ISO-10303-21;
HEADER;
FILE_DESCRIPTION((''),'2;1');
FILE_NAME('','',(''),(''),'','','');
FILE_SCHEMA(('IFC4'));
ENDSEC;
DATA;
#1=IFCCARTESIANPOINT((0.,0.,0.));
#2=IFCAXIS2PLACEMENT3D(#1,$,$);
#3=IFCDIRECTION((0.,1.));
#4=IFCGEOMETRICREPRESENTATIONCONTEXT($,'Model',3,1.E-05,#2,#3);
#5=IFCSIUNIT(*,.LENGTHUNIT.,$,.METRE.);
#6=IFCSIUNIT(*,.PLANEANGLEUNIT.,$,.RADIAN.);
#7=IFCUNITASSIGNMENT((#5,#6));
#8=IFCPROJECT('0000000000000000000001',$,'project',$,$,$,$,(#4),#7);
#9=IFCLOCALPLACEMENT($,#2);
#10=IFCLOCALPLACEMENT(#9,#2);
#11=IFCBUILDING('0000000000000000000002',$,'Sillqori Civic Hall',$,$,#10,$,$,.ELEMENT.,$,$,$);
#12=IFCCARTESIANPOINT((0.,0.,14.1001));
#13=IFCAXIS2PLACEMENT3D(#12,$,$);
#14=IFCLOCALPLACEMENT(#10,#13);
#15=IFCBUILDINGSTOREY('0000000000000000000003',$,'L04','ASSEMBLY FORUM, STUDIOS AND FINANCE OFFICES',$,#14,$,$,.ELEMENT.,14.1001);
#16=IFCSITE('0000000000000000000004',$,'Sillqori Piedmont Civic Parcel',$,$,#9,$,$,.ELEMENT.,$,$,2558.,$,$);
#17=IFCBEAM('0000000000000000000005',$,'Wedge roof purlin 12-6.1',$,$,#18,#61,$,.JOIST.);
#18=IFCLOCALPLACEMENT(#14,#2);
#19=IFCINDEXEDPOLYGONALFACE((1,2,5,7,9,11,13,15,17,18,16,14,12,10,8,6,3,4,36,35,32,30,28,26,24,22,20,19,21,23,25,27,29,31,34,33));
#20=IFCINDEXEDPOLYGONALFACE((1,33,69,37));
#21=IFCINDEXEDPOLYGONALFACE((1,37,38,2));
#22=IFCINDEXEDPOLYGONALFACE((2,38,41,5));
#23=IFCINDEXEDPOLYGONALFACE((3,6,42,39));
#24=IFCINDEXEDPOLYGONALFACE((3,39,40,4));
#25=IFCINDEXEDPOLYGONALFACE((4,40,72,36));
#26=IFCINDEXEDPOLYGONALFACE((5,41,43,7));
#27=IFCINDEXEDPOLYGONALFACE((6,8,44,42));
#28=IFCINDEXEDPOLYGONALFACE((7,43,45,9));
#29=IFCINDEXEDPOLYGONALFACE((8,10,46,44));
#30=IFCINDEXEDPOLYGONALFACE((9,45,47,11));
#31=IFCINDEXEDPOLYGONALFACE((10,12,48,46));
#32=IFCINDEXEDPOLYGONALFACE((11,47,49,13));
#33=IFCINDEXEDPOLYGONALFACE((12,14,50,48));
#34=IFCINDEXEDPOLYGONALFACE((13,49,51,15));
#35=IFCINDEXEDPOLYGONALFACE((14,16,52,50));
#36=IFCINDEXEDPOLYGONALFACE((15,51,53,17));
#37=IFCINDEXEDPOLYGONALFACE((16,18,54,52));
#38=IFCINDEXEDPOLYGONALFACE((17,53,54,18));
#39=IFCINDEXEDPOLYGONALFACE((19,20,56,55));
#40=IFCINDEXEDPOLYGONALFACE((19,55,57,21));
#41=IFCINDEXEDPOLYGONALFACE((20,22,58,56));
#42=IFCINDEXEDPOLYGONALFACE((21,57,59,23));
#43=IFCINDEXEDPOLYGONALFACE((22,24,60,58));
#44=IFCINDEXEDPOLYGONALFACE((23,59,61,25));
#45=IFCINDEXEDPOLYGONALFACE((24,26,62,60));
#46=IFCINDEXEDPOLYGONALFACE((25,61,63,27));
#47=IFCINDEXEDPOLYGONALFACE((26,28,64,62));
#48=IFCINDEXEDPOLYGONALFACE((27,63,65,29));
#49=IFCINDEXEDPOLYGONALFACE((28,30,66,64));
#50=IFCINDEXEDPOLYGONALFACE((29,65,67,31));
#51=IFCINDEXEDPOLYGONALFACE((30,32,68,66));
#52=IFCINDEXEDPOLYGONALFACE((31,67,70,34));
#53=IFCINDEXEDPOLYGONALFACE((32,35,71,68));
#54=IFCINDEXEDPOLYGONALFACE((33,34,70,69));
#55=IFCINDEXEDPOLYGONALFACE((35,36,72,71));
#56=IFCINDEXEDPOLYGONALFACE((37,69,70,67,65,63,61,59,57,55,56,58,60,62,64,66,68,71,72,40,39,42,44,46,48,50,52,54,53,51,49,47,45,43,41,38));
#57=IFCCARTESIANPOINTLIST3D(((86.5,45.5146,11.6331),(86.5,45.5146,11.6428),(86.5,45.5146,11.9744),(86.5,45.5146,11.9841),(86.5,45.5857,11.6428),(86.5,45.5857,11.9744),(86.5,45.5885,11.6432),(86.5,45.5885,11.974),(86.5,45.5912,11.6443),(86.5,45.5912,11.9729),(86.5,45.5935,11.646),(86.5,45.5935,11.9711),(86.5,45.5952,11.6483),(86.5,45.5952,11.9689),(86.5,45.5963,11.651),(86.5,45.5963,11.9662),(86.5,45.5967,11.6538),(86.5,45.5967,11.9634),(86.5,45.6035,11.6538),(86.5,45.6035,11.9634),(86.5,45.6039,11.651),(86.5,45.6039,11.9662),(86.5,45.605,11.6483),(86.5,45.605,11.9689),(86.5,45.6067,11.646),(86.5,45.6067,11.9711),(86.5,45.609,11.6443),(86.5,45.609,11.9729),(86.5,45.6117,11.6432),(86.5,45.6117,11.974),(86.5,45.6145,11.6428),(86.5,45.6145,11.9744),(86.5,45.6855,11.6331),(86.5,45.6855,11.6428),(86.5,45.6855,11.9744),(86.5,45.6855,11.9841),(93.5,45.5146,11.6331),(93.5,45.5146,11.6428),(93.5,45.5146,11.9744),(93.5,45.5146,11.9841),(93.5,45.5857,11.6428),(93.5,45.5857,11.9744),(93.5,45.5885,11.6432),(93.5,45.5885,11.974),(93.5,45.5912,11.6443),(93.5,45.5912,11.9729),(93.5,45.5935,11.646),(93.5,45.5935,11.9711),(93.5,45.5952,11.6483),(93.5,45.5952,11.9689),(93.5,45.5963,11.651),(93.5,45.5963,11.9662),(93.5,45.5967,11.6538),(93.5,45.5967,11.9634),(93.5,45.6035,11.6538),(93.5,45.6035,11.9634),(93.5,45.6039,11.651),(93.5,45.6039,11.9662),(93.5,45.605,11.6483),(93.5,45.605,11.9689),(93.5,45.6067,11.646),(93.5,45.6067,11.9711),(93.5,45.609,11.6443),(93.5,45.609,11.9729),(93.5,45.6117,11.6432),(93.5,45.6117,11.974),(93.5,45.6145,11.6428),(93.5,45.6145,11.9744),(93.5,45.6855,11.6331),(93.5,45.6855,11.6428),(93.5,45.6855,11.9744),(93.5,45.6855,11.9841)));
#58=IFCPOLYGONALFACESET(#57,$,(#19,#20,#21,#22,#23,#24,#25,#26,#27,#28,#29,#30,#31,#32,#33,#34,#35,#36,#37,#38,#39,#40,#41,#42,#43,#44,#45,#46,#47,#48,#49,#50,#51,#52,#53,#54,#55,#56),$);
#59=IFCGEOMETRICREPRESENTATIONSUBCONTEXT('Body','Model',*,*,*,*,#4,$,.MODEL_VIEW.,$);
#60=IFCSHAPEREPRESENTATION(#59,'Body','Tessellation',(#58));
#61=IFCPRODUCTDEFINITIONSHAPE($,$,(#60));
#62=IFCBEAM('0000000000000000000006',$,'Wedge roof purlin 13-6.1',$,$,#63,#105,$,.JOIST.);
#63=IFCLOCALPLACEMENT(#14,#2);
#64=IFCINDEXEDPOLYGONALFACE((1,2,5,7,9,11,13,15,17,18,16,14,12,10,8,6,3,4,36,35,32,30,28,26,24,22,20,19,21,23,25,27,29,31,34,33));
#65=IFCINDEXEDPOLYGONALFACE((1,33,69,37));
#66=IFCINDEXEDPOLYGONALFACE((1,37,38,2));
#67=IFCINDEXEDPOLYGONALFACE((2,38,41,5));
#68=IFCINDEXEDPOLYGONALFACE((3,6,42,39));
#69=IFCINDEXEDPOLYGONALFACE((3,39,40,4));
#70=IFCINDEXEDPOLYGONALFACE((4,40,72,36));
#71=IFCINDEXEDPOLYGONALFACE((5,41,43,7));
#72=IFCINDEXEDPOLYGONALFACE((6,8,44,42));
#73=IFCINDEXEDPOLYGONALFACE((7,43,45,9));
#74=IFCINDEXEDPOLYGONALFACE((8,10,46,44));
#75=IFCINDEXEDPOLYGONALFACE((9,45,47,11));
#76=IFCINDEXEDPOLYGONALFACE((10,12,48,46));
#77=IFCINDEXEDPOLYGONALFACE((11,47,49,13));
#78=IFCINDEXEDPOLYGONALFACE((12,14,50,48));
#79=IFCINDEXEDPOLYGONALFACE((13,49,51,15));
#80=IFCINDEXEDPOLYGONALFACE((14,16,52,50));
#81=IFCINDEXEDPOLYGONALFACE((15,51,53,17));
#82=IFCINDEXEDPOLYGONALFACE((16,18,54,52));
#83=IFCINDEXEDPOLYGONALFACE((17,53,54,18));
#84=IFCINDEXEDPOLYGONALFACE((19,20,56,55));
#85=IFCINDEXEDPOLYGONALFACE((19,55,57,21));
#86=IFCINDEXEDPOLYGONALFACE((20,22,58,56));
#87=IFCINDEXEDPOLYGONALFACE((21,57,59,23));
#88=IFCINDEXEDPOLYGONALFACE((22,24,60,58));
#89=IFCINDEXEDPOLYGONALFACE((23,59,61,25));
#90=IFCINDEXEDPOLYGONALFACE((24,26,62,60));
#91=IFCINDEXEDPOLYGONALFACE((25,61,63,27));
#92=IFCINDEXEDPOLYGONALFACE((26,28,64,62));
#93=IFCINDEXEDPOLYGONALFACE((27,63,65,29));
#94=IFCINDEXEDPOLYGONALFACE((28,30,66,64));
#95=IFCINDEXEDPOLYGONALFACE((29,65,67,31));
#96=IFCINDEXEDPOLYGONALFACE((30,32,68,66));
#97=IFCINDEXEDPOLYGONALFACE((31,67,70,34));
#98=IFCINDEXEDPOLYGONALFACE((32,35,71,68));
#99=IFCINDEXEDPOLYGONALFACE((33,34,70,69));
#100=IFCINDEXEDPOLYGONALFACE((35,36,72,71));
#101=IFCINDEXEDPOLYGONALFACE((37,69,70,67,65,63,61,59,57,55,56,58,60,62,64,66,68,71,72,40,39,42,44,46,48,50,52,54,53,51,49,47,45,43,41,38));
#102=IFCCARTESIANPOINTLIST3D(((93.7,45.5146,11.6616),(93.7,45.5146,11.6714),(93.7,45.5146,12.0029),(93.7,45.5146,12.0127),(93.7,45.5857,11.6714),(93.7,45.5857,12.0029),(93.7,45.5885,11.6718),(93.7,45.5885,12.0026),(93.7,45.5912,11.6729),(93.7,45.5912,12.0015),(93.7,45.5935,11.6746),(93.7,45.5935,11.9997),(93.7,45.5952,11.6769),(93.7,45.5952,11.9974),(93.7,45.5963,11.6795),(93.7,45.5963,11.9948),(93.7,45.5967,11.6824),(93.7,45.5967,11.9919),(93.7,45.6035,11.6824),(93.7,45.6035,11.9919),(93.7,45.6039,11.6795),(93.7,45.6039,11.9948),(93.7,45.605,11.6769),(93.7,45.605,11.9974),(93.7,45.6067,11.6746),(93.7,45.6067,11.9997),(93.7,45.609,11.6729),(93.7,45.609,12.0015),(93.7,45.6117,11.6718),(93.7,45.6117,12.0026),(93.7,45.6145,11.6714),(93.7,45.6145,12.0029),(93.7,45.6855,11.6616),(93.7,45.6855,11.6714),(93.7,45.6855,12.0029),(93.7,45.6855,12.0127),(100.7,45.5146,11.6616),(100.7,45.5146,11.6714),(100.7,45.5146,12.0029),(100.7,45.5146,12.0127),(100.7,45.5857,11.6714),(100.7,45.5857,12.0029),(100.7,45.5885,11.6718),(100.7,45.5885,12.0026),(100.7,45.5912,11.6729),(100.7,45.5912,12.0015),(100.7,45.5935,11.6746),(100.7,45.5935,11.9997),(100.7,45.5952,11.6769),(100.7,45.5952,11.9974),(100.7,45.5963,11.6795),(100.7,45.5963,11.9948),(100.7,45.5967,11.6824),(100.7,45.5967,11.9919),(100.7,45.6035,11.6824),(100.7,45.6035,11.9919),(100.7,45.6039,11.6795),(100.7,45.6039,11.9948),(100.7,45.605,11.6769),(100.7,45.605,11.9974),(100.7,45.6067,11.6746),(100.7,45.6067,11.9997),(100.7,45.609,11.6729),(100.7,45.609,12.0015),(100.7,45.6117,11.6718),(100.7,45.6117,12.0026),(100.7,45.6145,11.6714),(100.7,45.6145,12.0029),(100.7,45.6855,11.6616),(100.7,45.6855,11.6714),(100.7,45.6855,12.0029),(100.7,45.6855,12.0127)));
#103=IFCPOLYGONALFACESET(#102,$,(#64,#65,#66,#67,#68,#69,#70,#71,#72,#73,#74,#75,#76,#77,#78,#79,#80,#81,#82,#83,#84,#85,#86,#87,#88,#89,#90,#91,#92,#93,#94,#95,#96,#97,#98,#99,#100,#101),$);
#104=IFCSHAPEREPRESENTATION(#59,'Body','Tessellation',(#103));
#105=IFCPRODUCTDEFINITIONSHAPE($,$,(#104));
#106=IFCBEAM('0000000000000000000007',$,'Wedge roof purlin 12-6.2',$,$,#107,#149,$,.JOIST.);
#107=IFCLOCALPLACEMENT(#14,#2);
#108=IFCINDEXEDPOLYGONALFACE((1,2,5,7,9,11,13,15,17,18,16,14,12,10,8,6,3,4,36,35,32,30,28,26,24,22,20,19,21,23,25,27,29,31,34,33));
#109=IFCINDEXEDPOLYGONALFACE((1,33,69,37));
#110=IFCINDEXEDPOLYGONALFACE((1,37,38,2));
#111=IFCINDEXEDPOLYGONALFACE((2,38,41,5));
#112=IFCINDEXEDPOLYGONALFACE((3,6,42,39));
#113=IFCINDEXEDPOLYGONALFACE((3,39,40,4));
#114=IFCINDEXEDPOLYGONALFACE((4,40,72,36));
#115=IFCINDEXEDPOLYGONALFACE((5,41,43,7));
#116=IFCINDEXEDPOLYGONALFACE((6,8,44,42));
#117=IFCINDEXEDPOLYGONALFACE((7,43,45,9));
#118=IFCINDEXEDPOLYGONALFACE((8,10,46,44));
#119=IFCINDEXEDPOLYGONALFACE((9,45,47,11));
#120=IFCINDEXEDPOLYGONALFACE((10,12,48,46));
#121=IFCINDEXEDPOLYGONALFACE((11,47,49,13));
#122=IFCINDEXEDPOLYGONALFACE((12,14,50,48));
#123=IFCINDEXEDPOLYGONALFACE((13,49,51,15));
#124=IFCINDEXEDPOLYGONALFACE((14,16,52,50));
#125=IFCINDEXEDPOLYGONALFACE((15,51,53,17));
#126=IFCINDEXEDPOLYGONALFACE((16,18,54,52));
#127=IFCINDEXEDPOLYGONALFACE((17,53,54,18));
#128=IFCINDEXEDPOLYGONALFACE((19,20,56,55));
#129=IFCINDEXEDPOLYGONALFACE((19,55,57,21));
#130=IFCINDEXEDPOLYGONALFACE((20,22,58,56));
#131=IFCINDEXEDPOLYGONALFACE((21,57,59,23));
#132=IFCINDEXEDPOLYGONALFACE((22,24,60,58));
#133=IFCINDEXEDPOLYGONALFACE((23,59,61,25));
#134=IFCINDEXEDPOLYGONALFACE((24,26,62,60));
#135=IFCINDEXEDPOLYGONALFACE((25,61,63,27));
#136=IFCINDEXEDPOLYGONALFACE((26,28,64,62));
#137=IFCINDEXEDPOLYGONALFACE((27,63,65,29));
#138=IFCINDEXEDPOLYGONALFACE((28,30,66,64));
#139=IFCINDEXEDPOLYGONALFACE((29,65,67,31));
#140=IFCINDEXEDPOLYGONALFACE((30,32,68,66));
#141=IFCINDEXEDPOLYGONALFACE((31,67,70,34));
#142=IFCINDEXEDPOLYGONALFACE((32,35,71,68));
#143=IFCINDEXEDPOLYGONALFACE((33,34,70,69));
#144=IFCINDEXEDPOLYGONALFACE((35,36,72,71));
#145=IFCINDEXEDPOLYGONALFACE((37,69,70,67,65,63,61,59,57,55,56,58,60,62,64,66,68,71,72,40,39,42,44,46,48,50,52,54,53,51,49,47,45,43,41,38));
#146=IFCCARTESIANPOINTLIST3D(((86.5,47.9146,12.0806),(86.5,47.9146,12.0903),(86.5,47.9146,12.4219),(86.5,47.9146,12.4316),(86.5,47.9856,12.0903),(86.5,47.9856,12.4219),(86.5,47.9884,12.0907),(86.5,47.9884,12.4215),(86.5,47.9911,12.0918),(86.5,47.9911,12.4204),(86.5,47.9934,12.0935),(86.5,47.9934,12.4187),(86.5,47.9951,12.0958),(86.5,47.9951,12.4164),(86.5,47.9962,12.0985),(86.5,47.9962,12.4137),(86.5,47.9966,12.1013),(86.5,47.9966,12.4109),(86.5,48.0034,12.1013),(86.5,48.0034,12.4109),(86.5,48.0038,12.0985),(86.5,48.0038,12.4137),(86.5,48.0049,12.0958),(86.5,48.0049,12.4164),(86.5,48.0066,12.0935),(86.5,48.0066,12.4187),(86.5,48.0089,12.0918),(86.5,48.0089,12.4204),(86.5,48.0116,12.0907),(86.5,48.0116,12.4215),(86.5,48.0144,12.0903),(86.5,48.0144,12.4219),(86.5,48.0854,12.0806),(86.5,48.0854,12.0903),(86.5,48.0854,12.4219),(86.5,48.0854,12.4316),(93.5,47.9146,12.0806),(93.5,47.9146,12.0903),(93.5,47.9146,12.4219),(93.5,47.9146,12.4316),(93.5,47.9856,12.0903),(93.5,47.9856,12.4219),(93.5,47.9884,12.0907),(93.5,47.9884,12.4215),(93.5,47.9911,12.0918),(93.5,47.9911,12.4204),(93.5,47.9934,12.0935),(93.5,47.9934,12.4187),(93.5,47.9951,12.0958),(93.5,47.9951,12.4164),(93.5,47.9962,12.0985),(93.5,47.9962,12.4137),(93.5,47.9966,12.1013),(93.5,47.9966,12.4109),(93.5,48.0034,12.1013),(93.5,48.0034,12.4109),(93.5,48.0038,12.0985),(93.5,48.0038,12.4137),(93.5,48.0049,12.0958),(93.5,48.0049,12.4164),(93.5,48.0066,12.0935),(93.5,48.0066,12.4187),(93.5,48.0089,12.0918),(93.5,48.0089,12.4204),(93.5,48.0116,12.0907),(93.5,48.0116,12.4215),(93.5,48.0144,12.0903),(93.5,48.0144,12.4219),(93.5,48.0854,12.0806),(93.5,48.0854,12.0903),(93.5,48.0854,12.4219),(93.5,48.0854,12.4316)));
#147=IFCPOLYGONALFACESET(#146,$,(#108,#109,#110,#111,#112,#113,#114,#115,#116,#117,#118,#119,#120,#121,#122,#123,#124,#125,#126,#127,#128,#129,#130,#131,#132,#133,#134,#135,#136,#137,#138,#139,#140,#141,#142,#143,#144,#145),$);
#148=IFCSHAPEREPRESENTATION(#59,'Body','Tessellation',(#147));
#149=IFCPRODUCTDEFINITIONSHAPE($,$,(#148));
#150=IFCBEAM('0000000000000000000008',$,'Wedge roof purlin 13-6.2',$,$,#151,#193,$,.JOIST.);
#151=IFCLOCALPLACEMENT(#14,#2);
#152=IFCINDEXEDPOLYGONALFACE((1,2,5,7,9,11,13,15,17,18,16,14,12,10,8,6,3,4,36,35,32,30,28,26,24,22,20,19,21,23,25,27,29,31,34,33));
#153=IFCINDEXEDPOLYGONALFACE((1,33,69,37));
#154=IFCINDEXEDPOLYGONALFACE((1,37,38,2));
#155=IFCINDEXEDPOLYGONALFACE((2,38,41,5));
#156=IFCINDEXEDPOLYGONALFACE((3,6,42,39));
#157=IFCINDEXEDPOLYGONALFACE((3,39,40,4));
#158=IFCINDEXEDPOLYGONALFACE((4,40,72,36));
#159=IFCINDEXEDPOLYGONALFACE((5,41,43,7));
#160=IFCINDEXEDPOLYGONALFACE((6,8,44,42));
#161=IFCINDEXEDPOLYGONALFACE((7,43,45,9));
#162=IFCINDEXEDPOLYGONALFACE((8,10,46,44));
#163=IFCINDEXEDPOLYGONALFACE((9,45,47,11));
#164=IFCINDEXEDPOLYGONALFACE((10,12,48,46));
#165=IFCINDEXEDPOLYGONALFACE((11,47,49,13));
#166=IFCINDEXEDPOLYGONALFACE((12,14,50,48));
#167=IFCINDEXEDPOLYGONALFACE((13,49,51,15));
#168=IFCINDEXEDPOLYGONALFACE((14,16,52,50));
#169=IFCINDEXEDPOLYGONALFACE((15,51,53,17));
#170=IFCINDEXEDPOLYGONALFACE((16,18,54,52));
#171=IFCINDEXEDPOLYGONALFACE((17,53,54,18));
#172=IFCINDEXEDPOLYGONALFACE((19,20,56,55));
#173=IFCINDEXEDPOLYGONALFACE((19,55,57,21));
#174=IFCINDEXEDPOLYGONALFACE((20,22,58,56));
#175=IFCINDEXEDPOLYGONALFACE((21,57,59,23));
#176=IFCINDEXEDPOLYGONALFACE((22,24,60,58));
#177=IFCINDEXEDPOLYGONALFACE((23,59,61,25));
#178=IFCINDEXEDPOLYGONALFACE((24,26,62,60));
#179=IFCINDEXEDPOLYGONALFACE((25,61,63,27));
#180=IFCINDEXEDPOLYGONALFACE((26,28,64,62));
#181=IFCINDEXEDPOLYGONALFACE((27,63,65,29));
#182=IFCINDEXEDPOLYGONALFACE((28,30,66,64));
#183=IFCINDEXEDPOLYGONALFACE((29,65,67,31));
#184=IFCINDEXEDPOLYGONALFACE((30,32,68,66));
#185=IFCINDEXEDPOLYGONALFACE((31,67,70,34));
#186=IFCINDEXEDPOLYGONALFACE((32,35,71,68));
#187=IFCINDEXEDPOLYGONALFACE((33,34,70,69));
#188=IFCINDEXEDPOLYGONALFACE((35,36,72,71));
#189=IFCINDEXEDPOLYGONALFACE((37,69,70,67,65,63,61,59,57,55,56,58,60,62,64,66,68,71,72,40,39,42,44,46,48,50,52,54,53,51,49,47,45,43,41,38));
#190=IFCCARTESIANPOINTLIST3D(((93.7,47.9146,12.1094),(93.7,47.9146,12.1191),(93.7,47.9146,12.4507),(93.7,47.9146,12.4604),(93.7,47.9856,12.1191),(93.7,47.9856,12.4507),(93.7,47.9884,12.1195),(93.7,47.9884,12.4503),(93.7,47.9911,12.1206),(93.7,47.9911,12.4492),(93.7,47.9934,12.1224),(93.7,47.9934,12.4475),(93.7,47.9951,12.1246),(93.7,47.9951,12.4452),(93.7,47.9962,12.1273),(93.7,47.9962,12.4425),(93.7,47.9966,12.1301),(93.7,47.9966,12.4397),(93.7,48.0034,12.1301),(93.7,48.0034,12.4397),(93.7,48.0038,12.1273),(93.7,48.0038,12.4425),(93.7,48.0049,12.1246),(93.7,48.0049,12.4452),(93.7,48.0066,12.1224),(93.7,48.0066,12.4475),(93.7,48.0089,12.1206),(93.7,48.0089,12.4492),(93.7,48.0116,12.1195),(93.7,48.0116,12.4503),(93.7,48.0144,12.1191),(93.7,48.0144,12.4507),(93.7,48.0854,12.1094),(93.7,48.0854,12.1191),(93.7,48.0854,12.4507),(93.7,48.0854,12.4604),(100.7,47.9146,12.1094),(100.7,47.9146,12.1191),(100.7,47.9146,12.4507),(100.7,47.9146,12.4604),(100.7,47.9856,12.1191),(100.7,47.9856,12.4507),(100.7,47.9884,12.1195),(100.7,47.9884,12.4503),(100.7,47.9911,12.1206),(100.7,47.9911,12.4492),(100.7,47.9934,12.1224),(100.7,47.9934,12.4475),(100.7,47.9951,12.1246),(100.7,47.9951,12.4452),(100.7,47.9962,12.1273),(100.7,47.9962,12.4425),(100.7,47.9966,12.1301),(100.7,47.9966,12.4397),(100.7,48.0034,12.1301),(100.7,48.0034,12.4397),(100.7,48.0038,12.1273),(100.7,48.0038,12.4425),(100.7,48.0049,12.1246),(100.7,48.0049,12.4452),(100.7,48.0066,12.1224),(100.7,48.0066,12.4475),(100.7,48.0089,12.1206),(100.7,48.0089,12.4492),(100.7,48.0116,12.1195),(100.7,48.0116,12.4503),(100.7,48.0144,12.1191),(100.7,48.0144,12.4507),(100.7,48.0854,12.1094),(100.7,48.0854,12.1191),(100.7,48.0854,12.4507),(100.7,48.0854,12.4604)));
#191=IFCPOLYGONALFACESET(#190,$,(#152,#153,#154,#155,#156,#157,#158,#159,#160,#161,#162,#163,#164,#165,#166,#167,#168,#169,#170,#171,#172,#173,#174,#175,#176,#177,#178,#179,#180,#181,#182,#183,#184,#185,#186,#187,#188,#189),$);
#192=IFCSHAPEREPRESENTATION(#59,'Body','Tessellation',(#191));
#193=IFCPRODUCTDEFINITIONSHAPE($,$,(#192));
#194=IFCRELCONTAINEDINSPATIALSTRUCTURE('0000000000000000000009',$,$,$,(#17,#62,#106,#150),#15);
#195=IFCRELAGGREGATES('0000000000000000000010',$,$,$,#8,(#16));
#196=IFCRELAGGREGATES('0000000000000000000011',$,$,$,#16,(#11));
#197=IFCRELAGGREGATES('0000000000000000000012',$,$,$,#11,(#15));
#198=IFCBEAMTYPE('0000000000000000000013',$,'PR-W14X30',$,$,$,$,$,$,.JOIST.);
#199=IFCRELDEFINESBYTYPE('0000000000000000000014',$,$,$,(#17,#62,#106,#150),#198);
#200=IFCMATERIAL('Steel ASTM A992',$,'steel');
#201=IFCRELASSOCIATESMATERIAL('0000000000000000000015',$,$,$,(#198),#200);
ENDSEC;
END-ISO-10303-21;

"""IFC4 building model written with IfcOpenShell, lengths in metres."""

from ifc_helpers import new_model, si_unit, direction, frame, origin, origin_2d, place, context, subcontext, project, spatial, i_section, extrude, material, material_profile, profile_set, type_object, element, save


model = new_model("IFC4")

# Units and contexts
model_context = context("Model", 3, precision=1e-05, world=origin(), true_north=direction((0.0, 1.0)))
body_context = subcontext(model_context, "Body", "Model", "MODEL_VIEW")
ifc_project = project(units=[si_unit("LENGTHUNIT", "METRE"), si_unit("PLANEANGLEUNIT", "RADIAN")], contexts=[model_context])

# Site, building, storey
site_placement = place(None, origin())
site = spatial("IfcSite", under=ifc_project, at=site_placement, Name="Sillqori Piedmont Civic Parcel", CompositionType="ELEMENT", RefElevation=2558.0)
building_placement = place(site_placement, origin())
building = spatial("IfcBuilding", under=site, at=building_placement, Name="Sillqori Civic Hall", CompositionType="ELEMENT")
storey_placement = place(building_placement, frame((0.0, 0.0, 14.1001)))
storey = spatial("IfcBuildingStorey", under=building, at=storey_placement, Name="L04", Description="ASSEMBLY FORUM, STUDIOS AND FINANCE OFFICES", CompositionType="ELEMENT", Elevation=14.1001)

# Shared definitions
ifc_material_1 = material(Name="Steel ASTM A992", Category="steel")

# Beams
ifc_material_profile_1 = material_profile(ifc_material_1, i_section(OverallWidth=0.1709, OverallDepth=0.3511, WebThickness=0.0068, FlangeThickness=0.0098, FilletRadius=0.011, at=origin_2d()), Name="W14X30")
ifc_profile_set_1 = profile_set([ifc_material_profile_1], Name="Steel ASTM A992")
beam_type_1 = type_object("IfcBeamType", Name="PR-W14X30", PredefinedType="JOIST", material=ifc_profile_set_1)
for number, where, z_axis, x_axis, name in (
    (1, (86.5, 45.6001, 11.8086), (1.0, 0.0, 0.0), (0.0, 1.0, 0.0), "Wedge roof purlin 12-6.1"),
    (2, (93.7, 45.6001, 11.8372), (1.0, 0.0, 0.0), (0.0, 1.0, 0.0), "Wedge roof purlin 13-6.1"),
    (3, (86.5, 48.0, 12.2561), (1.0, 0.0, 0.0), (0.0, 1.0, 0.0), "Wedge roof purlin 12-6.2"),
    (4, (93.7, 48.0, 12.2849), (1.0, 0.0, 0.0), (0.0, 1.0, 0.0), "Wedge roof purlin 13-6.2"),
):
    element("IfcBeam", number, at=place(storey_placement, frame(where, z_axis=z_axis, x_axis=x_axis)), inside=storey, type_object=beam_type_1, Name=name, PredefinedType="JOIST", context=body_context, shape_type="SweptSolid", body=[
        extrude(i_section(OverallWidth=0.1709, OverallDepth=0.3511, WebThickness=0.0068, FlangeThickness=0.0098, FilletRadius=0.011, at=origin_2d()), origin(), (0.0, 0.0, 1.0), 7.0),
    ])

save(model, "model.ifc")
